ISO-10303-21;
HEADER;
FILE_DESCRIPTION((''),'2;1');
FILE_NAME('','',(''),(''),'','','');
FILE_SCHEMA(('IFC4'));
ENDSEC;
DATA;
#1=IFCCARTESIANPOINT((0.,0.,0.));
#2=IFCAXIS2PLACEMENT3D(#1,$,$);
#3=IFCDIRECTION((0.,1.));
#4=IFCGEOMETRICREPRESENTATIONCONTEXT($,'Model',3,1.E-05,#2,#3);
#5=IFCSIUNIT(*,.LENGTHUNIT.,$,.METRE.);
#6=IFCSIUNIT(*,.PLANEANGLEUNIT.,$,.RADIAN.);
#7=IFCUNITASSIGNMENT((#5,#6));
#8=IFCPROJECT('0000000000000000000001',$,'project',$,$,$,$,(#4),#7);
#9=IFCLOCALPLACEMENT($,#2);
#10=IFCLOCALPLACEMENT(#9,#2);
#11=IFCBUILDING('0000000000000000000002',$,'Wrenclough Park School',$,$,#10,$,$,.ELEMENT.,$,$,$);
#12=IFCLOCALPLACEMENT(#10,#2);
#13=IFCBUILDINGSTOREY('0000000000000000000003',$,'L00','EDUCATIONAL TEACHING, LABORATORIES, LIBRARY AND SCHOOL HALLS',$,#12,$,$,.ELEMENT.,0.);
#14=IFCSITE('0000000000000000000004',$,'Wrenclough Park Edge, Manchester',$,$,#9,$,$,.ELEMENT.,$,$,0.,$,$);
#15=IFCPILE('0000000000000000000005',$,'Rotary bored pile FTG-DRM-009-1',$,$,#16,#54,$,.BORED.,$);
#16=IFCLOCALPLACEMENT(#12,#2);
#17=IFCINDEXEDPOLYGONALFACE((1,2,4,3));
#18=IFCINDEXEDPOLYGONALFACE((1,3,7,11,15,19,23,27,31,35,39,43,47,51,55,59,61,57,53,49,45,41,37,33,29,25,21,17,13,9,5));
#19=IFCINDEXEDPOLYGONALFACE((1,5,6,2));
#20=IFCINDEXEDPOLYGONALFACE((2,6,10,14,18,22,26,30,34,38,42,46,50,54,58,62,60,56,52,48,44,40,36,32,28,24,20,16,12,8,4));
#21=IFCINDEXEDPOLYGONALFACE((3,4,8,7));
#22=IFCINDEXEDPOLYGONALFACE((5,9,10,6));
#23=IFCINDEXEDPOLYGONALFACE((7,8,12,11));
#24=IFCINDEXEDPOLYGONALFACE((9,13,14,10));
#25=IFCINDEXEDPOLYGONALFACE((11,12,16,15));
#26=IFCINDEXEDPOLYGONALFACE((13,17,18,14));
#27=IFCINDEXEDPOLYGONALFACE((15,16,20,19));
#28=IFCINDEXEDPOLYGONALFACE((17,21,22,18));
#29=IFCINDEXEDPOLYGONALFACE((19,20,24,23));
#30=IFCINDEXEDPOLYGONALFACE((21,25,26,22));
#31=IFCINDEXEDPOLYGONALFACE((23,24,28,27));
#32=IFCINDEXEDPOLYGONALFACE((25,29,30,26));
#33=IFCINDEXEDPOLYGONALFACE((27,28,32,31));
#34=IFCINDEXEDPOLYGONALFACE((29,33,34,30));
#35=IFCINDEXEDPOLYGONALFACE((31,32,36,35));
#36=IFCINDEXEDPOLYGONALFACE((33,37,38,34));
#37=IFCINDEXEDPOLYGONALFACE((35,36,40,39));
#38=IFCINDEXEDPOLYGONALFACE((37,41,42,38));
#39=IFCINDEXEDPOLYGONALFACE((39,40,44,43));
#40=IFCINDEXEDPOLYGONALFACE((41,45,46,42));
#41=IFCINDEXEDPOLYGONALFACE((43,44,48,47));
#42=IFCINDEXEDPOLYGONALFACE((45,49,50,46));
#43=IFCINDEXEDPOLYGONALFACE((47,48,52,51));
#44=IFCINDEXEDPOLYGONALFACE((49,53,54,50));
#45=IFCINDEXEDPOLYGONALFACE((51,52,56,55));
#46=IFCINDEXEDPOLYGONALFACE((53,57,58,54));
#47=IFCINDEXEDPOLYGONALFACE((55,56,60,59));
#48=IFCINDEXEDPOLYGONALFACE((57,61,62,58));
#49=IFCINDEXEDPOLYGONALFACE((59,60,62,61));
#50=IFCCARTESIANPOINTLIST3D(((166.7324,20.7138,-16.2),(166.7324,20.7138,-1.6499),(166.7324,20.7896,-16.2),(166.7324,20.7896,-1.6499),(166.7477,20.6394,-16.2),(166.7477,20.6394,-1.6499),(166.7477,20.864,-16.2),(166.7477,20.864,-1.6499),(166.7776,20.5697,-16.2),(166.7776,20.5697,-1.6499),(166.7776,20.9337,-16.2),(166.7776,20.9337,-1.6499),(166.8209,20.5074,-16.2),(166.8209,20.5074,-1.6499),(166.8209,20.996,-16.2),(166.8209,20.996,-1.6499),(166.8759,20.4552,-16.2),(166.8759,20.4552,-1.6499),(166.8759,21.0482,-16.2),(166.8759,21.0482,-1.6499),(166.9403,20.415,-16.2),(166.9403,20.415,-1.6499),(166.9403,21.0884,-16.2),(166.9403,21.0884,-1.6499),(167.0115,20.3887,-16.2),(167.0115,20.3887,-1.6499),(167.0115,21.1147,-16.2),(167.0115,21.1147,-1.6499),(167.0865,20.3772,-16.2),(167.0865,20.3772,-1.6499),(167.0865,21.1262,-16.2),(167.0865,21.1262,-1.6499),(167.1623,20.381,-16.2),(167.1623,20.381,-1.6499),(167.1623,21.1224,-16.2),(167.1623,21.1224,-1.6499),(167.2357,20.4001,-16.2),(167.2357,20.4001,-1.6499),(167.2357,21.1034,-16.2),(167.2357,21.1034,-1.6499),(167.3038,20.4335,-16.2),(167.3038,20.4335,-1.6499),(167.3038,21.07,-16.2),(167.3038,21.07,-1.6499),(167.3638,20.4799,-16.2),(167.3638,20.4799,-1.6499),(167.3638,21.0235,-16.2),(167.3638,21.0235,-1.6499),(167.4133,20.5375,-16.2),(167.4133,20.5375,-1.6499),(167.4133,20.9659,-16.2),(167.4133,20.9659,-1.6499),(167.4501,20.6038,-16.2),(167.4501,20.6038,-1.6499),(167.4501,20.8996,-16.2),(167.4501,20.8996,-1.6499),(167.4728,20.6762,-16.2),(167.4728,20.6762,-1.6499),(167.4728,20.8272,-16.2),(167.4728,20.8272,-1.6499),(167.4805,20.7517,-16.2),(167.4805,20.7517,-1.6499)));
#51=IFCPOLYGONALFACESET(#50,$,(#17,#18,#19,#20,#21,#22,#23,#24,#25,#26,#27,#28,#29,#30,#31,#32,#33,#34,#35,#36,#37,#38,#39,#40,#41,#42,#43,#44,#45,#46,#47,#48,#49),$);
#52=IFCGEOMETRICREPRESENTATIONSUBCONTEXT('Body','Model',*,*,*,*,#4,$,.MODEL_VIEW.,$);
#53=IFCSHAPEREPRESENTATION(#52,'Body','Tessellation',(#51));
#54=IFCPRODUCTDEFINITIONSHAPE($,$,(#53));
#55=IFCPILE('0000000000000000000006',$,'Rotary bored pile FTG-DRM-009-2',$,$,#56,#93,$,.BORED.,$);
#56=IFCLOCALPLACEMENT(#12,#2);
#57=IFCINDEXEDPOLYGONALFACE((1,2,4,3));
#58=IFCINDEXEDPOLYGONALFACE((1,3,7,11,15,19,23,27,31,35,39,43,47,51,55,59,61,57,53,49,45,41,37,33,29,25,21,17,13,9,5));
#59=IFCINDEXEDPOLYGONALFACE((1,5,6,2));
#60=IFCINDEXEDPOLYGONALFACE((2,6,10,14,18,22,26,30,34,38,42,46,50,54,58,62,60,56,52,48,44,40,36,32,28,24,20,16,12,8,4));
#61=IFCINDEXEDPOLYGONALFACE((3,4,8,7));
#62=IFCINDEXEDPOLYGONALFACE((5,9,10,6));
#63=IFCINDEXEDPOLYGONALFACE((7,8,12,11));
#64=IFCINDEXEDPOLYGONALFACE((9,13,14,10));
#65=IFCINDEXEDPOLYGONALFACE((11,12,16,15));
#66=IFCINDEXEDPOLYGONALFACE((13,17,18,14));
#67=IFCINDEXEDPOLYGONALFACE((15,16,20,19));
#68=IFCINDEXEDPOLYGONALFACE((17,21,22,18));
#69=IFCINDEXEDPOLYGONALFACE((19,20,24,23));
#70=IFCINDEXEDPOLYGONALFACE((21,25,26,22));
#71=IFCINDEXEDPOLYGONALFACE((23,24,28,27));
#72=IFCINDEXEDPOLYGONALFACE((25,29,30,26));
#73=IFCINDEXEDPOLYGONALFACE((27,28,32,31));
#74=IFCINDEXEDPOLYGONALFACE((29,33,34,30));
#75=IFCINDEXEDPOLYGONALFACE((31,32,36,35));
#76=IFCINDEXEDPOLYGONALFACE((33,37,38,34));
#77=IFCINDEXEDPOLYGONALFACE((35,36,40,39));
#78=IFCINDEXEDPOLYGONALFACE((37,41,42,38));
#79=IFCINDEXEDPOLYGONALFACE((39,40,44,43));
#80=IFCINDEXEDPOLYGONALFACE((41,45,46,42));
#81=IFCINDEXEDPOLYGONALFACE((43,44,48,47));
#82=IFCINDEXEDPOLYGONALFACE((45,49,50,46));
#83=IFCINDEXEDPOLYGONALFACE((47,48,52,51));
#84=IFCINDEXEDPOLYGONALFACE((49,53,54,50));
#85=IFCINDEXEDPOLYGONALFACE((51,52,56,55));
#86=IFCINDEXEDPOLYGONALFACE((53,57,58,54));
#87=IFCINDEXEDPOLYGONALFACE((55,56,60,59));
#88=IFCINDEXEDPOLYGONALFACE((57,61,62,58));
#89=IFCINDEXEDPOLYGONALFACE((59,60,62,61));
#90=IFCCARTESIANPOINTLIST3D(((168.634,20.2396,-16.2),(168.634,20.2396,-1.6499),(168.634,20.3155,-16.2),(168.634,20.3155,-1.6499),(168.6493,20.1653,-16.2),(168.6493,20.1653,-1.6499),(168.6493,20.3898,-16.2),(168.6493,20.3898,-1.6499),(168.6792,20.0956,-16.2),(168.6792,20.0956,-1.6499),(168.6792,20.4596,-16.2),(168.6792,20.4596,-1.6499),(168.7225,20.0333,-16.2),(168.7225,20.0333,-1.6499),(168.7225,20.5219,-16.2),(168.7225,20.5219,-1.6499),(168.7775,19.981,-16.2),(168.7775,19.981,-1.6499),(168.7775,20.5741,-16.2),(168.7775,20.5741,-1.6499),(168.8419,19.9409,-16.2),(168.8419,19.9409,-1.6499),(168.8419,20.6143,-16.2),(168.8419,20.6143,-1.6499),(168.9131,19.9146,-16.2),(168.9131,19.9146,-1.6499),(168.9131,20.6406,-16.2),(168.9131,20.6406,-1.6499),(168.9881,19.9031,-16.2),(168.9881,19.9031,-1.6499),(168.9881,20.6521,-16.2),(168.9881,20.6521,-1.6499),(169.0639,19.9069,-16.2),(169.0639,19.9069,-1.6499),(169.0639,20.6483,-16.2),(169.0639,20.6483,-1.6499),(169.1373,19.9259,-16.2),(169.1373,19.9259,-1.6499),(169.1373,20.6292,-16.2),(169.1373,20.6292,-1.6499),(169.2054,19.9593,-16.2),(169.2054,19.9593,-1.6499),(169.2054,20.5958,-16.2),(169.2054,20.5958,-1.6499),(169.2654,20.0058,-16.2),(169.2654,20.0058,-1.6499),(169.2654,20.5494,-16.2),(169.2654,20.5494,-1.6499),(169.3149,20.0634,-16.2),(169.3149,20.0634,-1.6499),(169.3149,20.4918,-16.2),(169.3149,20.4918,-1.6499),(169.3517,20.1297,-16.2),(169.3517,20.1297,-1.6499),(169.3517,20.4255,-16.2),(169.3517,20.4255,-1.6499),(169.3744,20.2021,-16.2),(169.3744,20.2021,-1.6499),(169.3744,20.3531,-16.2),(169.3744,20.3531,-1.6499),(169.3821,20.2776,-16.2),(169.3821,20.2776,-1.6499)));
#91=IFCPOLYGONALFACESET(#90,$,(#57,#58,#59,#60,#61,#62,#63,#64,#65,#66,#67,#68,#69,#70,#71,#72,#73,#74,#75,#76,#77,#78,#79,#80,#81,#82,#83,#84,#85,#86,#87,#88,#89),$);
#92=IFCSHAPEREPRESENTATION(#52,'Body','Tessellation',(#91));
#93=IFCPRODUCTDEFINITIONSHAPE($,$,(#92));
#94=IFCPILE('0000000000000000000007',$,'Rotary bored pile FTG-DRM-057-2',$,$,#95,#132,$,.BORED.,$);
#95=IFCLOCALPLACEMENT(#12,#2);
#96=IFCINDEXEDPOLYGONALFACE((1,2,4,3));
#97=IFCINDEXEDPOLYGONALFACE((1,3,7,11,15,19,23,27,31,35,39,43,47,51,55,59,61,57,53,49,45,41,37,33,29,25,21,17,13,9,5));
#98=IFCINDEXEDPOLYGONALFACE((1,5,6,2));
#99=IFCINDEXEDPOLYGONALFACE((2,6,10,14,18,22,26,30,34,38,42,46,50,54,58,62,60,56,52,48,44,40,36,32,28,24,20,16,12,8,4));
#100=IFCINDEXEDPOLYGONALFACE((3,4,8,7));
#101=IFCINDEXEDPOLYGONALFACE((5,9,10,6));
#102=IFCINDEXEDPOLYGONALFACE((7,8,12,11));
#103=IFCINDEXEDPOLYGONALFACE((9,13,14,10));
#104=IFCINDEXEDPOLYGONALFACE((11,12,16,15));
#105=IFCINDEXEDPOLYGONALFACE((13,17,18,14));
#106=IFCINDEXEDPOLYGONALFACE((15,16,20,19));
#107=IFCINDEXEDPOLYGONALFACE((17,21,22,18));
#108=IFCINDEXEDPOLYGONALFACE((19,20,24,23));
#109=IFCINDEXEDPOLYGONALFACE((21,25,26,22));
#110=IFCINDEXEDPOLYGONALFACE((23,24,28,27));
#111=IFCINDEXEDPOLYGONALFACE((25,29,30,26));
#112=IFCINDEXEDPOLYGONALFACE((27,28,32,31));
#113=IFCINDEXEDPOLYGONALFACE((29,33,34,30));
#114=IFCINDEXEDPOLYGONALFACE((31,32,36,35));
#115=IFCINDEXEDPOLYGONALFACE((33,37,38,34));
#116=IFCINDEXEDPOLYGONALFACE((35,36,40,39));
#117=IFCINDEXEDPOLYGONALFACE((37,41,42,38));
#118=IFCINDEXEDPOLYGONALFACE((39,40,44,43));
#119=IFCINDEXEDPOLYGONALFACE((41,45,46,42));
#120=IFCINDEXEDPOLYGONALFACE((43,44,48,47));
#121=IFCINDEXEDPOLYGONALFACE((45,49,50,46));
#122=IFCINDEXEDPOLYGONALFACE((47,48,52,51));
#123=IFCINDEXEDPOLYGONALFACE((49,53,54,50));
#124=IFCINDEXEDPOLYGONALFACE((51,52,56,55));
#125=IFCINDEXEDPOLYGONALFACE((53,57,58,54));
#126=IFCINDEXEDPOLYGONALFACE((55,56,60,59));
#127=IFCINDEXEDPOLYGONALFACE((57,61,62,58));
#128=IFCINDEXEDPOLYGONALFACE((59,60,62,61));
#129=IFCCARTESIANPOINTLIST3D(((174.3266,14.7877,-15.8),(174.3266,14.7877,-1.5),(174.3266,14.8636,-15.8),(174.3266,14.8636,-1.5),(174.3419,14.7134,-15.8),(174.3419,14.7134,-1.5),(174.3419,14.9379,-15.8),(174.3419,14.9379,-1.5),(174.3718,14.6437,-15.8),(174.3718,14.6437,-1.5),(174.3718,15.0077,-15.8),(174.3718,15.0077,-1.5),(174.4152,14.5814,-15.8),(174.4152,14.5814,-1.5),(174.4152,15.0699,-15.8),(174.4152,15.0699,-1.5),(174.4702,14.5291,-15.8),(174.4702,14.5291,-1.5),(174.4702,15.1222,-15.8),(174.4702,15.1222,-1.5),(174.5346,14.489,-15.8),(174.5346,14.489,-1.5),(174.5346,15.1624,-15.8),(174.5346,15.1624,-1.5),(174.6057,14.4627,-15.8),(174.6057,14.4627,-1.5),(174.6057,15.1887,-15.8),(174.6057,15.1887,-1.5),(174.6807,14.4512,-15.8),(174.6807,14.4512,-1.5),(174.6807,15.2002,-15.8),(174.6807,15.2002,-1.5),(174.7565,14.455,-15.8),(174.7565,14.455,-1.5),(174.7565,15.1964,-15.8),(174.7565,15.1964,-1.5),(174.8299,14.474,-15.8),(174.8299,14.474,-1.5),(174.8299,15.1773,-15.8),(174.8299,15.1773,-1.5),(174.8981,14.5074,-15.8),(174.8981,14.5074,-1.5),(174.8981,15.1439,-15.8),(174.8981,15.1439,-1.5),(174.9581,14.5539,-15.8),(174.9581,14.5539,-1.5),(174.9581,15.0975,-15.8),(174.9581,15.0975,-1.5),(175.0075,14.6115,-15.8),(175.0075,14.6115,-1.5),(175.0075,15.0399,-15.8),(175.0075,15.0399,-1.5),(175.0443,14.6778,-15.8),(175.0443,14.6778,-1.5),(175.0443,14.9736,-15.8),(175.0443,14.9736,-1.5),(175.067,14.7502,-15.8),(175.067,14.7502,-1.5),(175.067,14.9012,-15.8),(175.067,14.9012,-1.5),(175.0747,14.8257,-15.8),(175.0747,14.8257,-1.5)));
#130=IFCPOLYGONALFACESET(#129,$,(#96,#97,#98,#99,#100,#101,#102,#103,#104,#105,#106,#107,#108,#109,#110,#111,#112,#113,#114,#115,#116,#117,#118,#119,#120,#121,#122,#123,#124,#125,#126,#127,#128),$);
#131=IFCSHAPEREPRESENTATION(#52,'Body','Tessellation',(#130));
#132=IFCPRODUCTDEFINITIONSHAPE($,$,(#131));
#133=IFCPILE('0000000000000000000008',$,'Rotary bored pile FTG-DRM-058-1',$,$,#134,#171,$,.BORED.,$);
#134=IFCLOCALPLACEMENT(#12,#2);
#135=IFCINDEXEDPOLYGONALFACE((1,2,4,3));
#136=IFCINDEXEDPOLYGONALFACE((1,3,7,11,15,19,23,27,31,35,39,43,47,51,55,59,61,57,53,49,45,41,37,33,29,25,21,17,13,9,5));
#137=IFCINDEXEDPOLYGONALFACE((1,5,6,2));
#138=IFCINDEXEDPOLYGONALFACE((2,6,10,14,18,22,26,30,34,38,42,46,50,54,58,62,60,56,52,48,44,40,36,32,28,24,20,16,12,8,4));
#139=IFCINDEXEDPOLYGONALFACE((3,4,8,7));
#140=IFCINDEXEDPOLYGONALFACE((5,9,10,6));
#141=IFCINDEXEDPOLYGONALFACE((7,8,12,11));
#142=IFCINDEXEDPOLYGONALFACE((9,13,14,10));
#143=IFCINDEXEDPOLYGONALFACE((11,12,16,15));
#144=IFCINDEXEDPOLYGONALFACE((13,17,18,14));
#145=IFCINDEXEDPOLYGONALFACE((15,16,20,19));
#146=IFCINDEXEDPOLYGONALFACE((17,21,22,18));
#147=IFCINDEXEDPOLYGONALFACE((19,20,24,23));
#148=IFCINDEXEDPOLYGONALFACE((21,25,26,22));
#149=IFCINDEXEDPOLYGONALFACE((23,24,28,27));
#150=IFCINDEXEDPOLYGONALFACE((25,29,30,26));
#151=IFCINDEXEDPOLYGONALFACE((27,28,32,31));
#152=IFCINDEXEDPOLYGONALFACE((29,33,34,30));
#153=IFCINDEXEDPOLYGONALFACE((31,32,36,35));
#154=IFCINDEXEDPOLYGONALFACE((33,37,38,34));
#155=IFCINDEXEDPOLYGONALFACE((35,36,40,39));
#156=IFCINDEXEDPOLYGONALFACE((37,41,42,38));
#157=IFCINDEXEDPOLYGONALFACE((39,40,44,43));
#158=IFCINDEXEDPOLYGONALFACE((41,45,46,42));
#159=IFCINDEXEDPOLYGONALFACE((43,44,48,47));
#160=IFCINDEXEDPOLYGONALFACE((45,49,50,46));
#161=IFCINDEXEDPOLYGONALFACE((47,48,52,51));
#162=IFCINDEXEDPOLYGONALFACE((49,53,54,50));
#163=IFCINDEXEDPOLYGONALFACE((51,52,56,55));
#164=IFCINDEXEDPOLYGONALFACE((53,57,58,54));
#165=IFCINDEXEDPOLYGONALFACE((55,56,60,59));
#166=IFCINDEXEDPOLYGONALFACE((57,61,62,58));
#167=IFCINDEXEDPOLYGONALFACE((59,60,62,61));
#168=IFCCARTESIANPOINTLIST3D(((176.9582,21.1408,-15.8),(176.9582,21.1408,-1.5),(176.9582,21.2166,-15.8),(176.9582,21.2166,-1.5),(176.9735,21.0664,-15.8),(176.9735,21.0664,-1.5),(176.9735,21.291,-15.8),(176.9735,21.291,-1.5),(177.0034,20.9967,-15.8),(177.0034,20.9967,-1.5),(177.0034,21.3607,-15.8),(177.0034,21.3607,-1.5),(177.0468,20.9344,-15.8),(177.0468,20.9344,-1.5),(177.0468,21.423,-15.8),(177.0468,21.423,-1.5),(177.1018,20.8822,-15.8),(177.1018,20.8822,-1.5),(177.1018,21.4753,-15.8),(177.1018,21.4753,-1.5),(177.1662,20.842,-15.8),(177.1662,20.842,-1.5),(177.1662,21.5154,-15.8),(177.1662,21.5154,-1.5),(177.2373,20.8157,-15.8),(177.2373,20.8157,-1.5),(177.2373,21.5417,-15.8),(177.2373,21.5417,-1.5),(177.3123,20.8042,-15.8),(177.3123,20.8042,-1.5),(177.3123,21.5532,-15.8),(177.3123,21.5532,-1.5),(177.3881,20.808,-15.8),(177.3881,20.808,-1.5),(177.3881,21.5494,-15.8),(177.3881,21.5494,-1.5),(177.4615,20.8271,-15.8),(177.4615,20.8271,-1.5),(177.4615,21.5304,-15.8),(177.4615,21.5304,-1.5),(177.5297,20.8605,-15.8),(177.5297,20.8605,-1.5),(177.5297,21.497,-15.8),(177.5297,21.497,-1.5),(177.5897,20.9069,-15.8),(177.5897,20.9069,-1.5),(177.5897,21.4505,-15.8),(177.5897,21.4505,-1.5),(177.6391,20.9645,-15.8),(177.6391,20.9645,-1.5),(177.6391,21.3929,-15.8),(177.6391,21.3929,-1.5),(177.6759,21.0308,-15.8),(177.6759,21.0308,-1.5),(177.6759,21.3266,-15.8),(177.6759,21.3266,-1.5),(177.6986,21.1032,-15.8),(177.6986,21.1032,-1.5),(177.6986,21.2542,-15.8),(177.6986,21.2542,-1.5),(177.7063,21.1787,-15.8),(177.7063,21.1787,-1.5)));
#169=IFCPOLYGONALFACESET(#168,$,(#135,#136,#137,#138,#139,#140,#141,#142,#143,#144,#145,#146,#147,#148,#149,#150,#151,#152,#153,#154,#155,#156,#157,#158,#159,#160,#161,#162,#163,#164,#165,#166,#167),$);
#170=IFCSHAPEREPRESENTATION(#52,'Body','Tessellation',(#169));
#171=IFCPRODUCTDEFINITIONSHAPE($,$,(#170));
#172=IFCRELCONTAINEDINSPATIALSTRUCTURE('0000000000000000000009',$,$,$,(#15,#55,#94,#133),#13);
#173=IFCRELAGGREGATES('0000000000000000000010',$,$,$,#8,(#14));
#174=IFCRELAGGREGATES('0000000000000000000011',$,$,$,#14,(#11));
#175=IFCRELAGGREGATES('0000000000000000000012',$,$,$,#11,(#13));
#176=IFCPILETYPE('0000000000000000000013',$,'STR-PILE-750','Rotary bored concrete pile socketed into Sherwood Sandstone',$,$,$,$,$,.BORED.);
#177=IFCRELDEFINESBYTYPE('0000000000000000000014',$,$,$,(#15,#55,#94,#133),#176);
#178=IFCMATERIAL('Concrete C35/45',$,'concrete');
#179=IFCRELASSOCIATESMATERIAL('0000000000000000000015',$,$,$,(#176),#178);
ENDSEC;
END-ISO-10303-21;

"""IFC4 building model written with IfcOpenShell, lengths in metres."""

from ifc_helpers import new_model, si_unit, direction, frame, origin, origin_2d, place, context, subcontext, project, spatial, circle, extrude, material, material_profile, profile_set, type_object, element, save


model = new_model("IFC4")

# Units and contexts
model_context = context("Model", 3, precision=1e-05, world=origin(), true_north=direction((0.0, 1.0)))
body_context = subcontext(model_context, "Body", "Model", "MODEL_VIEW")
ifc_project = project(units=[si_unit("LENGTHUNIT", "METRE"), si_unit("PLANEANGLEUNIT", "RADIAN")], contexts=[model_context])

# Site, building, storey
site_placement = place(None, origin())
site = spatial("IfcSite", under=ifc_project, at=site_placement, Name="Wrenclough Park Edge, Manchester", CompositionType="ELEMENT", RefElevation=0.0)
building_placement = place(site_placement, origin())
building = spatial("IfcBuilding", under=site, at=building_placement, Name="Wrenclough Park School", CompositionType="ELEMENT")
storey_placement = place(building_placement, origin())
storey = spatial("IfcBuildingStorey", under=building, at=storey_placement, Name="L00", Description="EDUCATIONAL TEACHING, LABORATORIES, LIBRARY AND SCHOOL HALLS", CompositionType="ELEMENT", Elevation=0.0)

# Shared definitions
ifc_material_1 = material(Name="Concrete C35/45", Category="concrete")

# Piles
ifc_material_profile_1 = material_profile(ifc_material_1, circle(Radius=0.375, at=origin_2d()), Name="BORED PILE D750")
ifc_profile_set_1 = profile_set([ifc_material_profile_1], Name="Concrete C35/45")
pile_type_1 = type_object("IfcPileType", Name="STR-PILE-750", Description="Rotary bored concrete pile socketed into Sherwood Sandstone", PredefinedType="BORED", material=ifc_profile_set_1)
for number, where, z_axis, x_axis, name in (
    (1, (167.1055, 20.7517, -1.6499), (0.0, 0.0, -1.0), (1.0, 0.0, 0.0), "Rotary bored pile FTG-DRM-009-1"),
    (2, (169.0071, 20.2776, -1.6499), (0.0, 0.0, -1.0), (1.0, 0.0, 0.0), "Rotary bored pile FTG-DRM-009-2"),
):
    element("IfcPile", number, at=place(storey_placement, frame(where, z_axis=z_axis, x_axis=x_axis)), inside=storey, type_object=pile_type_1, Name=name, PredefinedType="BORED", context=body_context, shape_type="SweptSolid", body=[
        extrude(circle(Radius=0.375, at=origin_2d()), origin(), (0.0, 0.0, 1.0), 14.55),
    ])
for number, where, z_axis, x_axis, name in (
    (3, (174.6997, 14.8257, -1.5), (0.0, 0.0, -1.0), (1.0, 0.0, 0.0), "Rotary bored pile FTG-DRM-057-2"),
    (4, (177.3313, 21.1787, -1.5), (0.0, 0.0, -1.0), (1.0, 0.0, 0.0), "Rotary bored pile FTG-DRM-058-1"),
):
    element("IfcPile", number, at=place(storey_placement, frame(where, z_axis=z_axis, x_axis=x_axis)), inside=storey, type_object=pile_type_1, Name=name, PredefinedType="BORED", context=body_context, shape_type="SweptSolid", body=[
        extrude(circle(Radius=0.375, at=origin_2d()), origin(), (0.0, 0.0, 1.0), 14.3),
    ])

save(model, "model.ifc")
